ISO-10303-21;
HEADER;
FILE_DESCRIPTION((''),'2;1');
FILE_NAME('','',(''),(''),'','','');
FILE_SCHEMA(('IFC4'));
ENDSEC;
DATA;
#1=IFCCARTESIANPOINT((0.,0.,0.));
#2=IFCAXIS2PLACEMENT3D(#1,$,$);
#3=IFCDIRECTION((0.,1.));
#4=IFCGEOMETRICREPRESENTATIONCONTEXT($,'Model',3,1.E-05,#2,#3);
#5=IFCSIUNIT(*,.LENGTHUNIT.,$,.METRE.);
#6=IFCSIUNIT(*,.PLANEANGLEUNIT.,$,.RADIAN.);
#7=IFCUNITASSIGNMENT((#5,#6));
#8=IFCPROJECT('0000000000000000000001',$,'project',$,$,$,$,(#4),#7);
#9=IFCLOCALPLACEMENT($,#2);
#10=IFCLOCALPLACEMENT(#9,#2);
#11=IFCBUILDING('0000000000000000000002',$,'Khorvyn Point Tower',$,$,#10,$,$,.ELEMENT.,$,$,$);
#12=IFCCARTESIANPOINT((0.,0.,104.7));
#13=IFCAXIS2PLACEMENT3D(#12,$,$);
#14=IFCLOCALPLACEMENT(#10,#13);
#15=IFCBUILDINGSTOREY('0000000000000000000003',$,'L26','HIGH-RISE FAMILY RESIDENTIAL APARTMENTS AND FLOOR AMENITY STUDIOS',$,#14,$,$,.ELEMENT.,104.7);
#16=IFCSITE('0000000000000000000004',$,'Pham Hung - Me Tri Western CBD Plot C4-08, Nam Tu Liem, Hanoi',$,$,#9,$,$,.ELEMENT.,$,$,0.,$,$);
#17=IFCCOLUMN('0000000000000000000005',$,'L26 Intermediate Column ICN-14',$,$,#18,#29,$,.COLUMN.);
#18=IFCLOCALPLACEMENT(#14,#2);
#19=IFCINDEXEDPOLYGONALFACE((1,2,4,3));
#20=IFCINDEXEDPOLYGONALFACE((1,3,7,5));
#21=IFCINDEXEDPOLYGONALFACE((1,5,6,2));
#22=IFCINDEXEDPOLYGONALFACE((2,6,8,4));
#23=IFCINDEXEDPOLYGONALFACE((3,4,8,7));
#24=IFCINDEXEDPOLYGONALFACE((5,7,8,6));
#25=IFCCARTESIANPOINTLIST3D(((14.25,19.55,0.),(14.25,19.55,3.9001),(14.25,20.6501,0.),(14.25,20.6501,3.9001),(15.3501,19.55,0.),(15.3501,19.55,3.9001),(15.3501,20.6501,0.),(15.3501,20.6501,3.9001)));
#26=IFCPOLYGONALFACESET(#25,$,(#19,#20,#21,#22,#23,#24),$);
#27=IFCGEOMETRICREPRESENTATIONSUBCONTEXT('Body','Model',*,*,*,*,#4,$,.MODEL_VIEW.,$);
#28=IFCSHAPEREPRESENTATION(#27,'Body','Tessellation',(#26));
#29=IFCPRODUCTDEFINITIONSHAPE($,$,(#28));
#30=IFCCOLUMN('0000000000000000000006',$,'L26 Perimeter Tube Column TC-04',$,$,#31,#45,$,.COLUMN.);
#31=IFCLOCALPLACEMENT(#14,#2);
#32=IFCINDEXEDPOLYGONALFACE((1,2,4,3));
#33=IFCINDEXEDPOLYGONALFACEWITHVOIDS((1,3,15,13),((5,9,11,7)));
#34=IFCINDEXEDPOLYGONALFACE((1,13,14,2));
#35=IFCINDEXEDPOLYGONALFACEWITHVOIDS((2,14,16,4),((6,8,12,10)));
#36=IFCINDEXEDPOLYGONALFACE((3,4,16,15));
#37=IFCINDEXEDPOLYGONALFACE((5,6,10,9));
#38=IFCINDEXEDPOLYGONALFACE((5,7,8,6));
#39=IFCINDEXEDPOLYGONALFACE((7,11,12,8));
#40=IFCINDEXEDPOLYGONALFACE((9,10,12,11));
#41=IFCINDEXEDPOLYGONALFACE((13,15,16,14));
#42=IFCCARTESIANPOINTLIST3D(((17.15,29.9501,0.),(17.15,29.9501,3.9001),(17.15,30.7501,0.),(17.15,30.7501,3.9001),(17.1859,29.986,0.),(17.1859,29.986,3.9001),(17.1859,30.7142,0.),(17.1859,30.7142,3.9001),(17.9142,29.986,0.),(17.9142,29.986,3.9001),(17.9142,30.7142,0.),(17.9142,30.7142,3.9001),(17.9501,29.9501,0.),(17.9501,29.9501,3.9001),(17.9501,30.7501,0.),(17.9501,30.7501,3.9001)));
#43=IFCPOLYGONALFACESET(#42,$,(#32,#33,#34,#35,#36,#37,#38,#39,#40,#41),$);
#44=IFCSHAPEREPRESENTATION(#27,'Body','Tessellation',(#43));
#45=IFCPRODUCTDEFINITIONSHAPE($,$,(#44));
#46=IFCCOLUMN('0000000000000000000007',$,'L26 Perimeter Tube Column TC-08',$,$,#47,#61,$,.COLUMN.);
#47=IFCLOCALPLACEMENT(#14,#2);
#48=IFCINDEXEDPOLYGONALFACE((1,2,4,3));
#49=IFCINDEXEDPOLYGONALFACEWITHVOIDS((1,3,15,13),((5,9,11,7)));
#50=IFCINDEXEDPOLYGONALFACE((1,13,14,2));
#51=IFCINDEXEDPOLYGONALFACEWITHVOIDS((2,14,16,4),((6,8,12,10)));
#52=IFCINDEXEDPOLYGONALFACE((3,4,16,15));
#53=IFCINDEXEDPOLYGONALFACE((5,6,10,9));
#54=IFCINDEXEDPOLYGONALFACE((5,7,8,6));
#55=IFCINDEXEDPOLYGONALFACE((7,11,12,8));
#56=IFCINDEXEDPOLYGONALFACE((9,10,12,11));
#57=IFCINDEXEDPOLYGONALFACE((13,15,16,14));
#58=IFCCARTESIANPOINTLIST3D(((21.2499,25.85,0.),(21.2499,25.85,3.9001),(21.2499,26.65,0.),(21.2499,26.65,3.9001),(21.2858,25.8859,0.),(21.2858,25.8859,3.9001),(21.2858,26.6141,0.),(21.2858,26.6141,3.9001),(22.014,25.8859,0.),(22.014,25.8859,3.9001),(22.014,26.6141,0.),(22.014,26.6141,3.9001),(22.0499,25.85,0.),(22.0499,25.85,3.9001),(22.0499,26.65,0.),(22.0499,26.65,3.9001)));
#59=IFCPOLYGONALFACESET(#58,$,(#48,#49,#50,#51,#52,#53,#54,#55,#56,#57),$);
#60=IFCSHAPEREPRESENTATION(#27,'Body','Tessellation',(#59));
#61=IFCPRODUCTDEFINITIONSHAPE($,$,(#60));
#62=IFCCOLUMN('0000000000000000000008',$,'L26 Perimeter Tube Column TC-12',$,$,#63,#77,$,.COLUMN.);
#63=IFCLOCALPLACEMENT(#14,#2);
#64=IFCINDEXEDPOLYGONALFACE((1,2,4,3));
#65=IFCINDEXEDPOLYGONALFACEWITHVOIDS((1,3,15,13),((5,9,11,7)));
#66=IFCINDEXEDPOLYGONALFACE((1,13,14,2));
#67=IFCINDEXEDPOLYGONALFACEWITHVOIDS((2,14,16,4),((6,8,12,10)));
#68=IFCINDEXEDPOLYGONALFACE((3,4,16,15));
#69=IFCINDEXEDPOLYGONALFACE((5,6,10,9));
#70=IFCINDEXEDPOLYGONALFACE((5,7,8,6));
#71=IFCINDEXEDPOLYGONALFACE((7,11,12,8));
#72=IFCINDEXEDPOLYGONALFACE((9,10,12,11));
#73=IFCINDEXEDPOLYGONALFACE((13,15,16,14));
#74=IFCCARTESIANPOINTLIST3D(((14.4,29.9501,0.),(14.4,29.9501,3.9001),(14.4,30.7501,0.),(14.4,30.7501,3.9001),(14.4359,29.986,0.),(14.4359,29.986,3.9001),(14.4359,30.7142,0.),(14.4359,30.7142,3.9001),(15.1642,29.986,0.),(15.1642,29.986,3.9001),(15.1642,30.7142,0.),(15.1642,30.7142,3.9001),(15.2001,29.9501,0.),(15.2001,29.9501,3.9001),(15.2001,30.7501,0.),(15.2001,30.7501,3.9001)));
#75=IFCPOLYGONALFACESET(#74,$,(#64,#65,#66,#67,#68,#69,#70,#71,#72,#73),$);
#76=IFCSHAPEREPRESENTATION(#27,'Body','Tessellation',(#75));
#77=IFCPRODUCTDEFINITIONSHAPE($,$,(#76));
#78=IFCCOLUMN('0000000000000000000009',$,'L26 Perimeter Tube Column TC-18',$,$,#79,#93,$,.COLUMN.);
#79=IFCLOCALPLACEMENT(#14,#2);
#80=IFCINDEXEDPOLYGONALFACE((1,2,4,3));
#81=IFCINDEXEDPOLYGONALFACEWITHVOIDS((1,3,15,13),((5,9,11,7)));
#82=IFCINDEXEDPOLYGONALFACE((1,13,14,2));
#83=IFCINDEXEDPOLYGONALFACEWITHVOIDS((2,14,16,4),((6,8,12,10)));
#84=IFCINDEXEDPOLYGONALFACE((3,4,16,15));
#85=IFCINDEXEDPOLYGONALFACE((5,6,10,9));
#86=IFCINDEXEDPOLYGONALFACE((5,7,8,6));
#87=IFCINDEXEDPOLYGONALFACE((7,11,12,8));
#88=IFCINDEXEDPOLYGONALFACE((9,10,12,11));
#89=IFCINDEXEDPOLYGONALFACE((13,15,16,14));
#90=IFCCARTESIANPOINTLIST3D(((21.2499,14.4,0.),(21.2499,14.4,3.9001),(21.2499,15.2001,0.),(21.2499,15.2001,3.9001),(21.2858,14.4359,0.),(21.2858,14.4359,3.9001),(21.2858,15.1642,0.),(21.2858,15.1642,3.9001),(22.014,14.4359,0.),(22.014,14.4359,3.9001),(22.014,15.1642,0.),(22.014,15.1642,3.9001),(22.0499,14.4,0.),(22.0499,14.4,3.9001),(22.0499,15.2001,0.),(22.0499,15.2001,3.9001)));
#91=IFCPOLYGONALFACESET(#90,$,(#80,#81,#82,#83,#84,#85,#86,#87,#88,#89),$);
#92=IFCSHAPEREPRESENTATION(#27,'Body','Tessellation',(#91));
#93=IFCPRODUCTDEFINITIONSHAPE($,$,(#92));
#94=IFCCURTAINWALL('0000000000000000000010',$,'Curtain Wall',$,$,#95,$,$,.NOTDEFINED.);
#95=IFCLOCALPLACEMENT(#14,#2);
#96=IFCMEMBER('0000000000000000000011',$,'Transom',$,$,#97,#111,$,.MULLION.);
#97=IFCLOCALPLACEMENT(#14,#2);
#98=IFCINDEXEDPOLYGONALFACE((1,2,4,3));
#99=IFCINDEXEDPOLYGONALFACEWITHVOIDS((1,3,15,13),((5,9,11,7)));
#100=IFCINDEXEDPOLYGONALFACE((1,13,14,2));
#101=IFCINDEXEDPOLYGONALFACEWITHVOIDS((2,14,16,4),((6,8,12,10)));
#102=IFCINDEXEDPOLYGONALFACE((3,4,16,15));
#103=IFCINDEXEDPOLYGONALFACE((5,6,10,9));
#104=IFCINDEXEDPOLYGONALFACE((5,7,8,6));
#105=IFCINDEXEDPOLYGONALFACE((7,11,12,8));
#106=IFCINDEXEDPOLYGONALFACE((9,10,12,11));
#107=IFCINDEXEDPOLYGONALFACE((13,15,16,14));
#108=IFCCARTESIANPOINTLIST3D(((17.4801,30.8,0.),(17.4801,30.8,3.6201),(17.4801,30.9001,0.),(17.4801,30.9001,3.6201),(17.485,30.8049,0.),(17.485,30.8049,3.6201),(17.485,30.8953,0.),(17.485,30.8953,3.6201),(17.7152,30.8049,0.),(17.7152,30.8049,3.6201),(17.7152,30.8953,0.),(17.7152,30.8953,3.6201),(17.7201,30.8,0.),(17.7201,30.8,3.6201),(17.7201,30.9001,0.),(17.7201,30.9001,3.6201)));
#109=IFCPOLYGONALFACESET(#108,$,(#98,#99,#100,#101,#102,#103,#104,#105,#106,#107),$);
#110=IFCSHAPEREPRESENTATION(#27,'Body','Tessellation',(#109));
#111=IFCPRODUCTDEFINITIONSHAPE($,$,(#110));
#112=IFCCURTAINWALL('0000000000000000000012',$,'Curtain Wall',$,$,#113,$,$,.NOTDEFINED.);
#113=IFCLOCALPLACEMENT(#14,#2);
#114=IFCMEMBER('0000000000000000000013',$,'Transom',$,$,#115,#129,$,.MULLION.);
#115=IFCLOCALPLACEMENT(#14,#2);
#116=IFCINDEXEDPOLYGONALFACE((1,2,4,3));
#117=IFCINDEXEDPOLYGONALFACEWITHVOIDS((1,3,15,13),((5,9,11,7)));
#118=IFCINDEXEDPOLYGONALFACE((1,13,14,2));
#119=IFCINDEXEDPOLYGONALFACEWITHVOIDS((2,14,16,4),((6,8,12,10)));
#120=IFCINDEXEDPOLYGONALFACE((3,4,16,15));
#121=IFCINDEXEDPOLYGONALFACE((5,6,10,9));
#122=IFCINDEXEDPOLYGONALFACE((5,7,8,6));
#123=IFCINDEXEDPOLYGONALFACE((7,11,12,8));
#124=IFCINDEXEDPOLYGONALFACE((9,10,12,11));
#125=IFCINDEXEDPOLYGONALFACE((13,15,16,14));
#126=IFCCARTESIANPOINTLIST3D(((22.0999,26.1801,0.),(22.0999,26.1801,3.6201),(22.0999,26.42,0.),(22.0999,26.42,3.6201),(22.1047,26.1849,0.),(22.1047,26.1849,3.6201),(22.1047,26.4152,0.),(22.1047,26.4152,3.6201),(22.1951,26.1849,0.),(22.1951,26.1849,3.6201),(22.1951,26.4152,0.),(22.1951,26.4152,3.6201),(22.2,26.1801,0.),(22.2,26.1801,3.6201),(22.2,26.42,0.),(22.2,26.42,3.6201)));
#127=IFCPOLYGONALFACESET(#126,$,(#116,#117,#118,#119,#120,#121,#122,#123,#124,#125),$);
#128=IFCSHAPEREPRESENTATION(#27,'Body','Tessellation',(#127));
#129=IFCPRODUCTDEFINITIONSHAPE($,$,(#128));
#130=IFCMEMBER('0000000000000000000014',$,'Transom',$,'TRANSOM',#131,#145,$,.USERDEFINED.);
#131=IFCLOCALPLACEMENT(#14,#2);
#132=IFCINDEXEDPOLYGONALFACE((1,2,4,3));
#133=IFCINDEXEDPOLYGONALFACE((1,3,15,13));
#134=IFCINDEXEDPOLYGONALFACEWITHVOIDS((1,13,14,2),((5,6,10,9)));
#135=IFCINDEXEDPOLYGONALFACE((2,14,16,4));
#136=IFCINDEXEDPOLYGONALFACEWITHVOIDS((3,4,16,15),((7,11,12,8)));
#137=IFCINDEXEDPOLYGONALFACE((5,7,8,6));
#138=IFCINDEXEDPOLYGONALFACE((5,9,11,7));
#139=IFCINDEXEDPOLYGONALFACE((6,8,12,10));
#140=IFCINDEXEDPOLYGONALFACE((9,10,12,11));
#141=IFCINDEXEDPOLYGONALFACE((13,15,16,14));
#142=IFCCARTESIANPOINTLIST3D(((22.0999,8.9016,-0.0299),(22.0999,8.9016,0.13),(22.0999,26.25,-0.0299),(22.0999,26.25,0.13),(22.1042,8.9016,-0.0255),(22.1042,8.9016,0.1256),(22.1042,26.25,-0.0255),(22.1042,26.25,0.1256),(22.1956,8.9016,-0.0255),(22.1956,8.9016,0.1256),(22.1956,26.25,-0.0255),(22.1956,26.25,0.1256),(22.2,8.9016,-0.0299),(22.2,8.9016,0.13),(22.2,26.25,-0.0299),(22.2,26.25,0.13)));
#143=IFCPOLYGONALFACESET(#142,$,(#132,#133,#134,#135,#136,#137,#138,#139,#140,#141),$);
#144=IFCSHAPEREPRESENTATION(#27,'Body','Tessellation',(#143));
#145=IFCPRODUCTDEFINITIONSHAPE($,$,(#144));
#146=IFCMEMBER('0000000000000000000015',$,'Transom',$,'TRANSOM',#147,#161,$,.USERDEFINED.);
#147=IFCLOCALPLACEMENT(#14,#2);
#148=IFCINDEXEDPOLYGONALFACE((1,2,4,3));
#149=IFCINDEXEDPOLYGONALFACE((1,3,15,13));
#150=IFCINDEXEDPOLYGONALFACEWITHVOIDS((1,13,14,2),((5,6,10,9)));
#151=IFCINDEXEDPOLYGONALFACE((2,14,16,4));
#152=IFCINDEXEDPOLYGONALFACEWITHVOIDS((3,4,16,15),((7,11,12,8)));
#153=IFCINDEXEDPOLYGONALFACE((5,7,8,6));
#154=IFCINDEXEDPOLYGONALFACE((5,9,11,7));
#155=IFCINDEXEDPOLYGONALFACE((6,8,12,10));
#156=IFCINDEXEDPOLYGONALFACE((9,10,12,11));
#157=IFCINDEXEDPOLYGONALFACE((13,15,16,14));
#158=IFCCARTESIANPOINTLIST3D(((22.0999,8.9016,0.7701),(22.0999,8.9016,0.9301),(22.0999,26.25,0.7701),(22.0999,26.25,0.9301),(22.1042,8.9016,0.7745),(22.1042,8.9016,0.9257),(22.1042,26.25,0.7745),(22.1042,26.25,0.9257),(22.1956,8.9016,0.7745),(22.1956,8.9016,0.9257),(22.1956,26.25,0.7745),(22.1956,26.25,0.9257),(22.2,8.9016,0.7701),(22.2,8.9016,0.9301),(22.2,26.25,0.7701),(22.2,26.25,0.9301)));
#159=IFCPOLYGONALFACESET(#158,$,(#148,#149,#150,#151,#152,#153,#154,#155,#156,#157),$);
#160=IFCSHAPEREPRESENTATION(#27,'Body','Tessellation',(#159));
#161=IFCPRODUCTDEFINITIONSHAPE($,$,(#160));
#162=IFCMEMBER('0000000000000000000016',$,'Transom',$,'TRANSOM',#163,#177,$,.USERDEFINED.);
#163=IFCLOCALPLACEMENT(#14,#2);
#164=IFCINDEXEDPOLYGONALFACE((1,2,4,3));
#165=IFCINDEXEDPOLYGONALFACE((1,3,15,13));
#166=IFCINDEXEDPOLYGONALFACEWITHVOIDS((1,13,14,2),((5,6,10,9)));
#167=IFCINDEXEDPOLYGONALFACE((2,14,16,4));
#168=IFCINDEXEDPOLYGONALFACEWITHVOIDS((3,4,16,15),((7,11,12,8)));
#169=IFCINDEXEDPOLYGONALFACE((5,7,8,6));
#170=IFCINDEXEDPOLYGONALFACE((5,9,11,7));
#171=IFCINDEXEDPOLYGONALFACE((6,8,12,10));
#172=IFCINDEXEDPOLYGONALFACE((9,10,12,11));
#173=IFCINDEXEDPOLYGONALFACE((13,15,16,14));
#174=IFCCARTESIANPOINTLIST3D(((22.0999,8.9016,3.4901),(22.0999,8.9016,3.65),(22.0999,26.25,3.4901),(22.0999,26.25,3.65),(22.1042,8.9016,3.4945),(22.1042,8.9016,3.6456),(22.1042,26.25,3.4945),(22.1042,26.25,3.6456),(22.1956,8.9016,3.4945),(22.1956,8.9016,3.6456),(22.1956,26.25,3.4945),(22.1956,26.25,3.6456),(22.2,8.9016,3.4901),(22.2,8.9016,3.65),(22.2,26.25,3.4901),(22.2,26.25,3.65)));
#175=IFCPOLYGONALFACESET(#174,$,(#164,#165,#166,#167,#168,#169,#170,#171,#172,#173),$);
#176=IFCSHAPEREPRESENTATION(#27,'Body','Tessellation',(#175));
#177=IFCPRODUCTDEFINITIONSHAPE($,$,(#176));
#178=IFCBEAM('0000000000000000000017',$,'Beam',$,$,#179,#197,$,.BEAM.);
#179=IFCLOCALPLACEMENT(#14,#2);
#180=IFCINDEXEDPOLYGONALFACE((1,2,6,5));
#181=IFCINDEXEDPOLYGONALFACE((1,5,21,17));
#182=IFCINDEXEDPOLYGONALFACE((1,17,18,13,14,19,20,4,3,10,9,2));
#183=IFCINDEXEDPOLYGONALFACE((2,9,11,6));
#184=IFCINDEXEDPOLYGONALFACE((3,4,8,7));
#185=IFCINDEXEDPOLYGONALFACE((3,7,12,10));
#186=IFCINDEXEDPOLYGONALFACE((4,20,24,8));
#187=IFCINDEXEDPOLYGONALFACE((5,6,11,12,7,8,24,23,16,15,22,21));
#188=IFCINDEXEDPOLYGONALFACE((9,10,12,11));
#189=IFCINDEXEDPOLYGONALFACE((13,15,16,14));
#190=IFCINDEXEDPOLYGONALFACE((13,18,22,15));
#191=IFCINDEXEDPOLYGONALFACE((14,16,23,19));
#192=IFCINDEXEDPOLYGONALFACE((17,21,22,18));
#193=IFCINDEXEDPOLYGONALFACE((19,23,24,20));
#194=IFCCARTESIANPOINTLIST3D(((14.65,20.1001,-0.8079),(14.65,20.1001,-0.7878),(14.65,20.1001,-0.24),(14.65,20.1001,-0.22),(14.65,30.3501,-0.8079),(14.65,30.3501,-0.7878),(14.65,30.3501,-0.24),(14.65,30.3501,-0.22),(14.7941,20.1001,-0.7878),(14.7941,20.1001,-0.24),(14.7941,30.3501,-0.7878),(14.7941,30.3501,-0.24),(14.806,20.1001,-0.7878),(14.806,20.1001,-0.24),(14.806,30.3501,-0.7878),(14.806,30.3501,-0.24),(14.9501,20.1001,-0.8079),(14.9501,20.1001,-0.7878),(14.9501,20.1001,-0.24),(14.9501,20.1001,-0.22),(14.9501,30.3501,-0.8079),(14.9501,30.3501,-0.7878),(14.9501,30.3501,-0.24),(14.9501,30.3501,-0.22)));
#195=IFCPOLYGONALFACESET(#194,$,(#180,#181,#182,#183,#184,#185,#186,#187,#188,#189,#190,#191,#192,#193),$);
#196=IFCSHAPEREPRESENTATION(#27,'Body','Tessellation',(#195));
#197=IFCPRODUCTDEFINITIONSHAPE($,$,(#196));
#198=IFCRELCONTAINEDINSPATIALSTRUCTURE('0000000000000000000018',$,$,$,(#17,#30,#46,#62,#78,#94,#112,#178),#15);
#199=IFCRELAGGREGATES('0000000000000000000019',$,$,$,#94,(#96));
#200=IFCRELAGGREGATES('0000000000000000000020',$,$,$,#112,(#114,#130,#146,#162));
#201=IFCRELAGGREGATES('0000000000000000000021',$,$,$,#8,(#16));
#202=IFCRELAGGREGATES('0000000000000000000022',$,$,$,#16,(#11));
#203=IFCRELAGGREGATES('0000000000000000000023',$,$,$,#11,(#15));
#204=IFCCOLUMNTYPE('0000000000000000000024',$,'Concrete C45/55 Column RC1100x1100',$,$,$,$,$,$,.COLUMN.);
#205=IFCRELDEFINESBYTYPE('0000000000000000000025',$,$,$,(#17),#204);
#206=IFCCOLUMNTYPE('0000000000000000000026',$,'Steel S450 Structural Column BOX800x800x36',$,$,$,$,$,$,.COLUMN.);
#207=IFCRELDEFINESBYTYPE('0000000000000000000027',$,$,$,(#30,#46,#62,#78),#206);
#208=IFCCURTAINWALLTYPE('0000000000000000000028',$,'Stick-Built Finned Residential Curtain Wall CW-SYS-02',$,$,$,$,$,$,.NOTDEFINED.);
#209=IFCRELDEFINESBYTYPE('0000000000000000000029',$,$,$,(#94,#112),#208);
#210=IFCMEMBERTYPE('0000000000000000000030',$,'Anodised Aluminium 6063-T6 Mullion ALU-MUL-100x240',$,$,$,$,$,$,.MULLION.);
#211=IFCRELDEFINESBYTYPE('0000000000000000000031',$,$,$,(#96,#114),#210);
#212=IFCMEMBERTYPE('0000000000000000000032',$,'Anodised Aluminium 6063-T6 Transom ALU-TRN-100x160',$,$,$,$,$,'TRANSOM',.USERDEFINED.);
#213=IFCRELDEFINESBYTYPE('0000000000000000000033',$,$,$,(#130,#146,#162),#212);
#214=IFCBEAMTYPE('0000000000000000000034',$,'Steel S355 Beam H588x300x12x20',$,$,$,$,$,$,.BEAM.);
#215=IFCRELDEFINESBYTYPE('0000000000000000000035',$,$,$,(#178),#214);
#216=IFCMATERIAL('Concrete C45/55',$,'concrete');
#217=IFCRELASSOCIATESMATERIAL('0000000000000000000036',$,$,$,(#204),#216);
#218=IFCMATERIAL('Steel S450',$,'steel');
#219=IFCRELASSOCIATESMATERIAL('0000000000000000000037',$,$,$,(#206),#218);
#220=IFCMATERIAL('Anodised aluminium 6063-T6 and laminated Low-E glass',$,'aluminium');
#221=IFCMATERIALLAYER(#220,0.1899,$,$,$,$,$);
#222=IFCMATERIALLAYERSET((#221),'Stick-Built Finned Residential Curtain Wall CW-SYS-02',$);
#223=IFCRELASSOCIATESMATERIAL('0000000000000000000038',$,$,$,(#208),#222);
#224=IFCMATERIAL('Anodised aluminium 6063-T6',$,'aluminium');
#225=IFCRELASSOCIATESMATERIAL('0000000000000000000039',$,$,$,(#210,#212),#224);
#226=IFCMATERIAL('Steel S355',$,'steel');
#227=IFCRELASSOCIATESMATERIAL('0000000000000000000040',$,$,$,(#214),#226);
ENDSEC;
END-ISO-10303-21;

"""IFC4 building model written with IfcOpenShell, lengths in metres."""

from ifc_helpers import new_model, si_unit, direction, frame, origin, origin_2d, place, context, subcontext, project, spatial, rectangle, hollow_rectangle, i_section, extrude, material, layer, layer_set, material_profile, profile_set, type_object, element, aggregate, save


model = new_model("IFC4")

# Units and contexts
model_context = context("Model", 3, precision=1e-05, world=origin(), true_north=direction((0.0, 1.0)))
body_context = subcontext(model_context, "Body", "Model", "MODEL_VIEW")
ifc_project = project(units=[si_unit("LENGTHUNIT", "METRE"), si_unit("PLANEANGLEUNIT", "RADIAN")], contexts=[model_context])

# Site, building, storey
site_placement = place(None, origin())
site = spatial("IfcSite", under=ifc_project, at=site_placement, Name="Pham Hung - Me Tri Western CBD Plot C4-08, Nam Tu Liem, Hanoi", CompositionType="ELEMENT", RefElevation=0.0)
building_placement = place(site_placement, origin())
building = spatial("IfcBuilding", under=site, at=building_placement, Name="Khorvyn Point Tower", CompositionType="ELEMENT")
storey_placement = place(building_placement, frame((0.0, 0.0, 104.7)))
storey = spatial("IfcBuildingStorey", under=building, at=storey_placement, Name="L26", Description="HIGH-RISE FAMILY RESIDENTIAL APARTMENTS AND FLOOR AMENITY STUDIOS", CompositionType="ELEMENT", Elevation=104.7)

# Columns
ifc_material_1 = material(Name="Concrete C45/55", Category="concrete")
ifc_material_profile_1 = material_profile(ifc_material_1, rectangle(XDim=1.1001, YDim=1.1001, at=origin_2d()))
ifc_profile_set_1 = profile_set([ifc_material_profile_1], Name="Concrete C45/55 RC1100x1100")
column_type_1 = type_object("IfcColumnType", Name="Concrete C45/55 Column RC1100x1100", PredefinedType="COLUMN", material=ifc_profile_set_1)
column_placement = place(storey_placement, frame((14.8, 20.1001, 0.0), z_axis=(0.0, 0.0, 1.0), x_axis=(1.0, 0.0, 0.0)))
element("IfcColumn", 1, at=column_placement, inside=storey, type_object=column_type_1, Name="L26 Intermediate Column ICN-14", PredefinedType="COLUMN", context=body_context, shape_type="SweptSolid", body=[
    extrude(rectangle(XDim=1.1001, YDim=1.1001, at=origin_2d()), origin(), (0.0, 0.0, 1.0), 3.9001),
])
ifc_material_2 = material(Name="Steel S450", Category="steel")
ifc_material_profile_2 = material_profile(ifc_material_2, hollow_rectangle(XDim=0.8, YDim=0.8, WallThickness=0.0359, at=origin_2d()))
ifc_profile_set_2 = profile_set([ifc_material_profile_2], Name="Steel S450 BOX800x800x36")
column_type_2 = type_object("IfcColumnType", Name="Steel S450 Structural Column BOX800x800x36", PredefinedType="COLUMN", material=ifc_profile_set_2)
for number, where, z_axis, x_axis, name in (
    (2, (17.55, 30.3501, 0.0), (0.0, 0.0, 1.0), (1.0, 0.0, 0.0), "L26 Perimeter Tube Column TC-04"),
    (3, (21.6499, 26.25, 0.0), (0.0, 0.0, 1.0), (1.0, 0.0, 0.0), "L26 Perimeter Tube Column TC-08"),
    (4, (14.8, 30.3501, 0.0), (0.0, 0.0, 1.0), (1.0, 0.0, 0.0), "L26 Perimeter Tube Column TC-12"),
    (5, (21.6499, 14.8, 0.0), (0.0, 0.0, 1.0), (1.0, 0.0, 0.0), "L26 Perimeter Tube Column TC-18"),
):
    element("IfcColumn", number, at=place(storey_placement, frame(where, z_axis=z_axis, x_axis=x_axis)), inside=storey, type_object=column_type_2, Name=name, PredefinedType="COLUMN", context=body_context, shape_type="SweptSolid", body=[
        extrude(hollow_rectangle(XDim=0.8, YDim=0.8, WallThickness=0.0359, at=origin_2d()), origin(), (0.0, 0.0, 1.0), 3.9001),
    ])

# Curtain wall, member
ifc_material_3 = material(Name="Anodised aluminium 6063-T6 and laminated Low-E glass", Category="aluminium")
ifc_layer_1 = layer(ifc_material_3, 0.1899)
ifc_layer_set_1 = layer_set([ifc_layer_1], Name="Stick-Built Finned Residential Curtain Wall CW-SYS-02")
curtain_wall_type = type_object("IfcCurtainWallType", Name="Stick-Built Finned Residential Curtain Wall CW-SYS-02", PredefinedType="NOTDEFINED", material=ifc_layer_set_1)
curtain_wall_1_placement = place(storey_placement, origin())
curtain_wall_1 = element("IfcCurtainWall", 6, at=curtain_wall_1_placement, inside=storey, type_object=curtain_wall_type, Name="Curtain Wall", PredefinedType="NOTDEFINED")
ifc_material_4 = material(Name="Anodised aluminium 6063-T6", Category="aluminium")
ifc_material_profile_3 = material_profile(ifc_material_4, hollow_rectangle(XDim=0.1001, YDim=0.24, WallThickness=0.0049, at=origin_2d()))
ifc_profile_set_3 = profile_set([ifc_material_profile_3], Name="Anodised aluminium 6063-T6 ALU-MUL-100x240")
member_type_1 = type_object("IfcMemberType", Name="Anodised Aluminium 6063-T6 Mullion ALU-MUL-100x240", PredefinedType="MULLION", material=ifc_profile_set_3)
member_1_placement = place(storey_placement, frame((17.6001, 30.8501, 0.0), z_axis=(0.0, 0.0, 1.0), x_axis=(0.0, 1.0, 0.0)))
member_1 = element("IfcMember", 7, at=member_1_placement, type_object=member_type_1, Name="Transom", PredefinedType="MULLION", context=body_context, shape_type="SweptSolid", body=[
    extrude(hollow_rectangle(XDim=0.1001, YDim=0.24, WallThickness=0.0049, at=origin_2d()), origin(), (0.0, 0.0, 1.0), 3.6201),
])

# Curtain wall, members
curtain_wall_2_placement = place(storey_placement, origin())
curtain_wall_2 = element("IfcCurtainWall", 8, at=curtain_wall_2_placement, inside=storey, type_object=curtain_wall_type, Name="Curtain Wall", PredefinedType="NOTDEFINED")
member_2_placement = place(storey_placement, frame((22.1499, 26.3, 0.0), z_axis=(0.0, 0.0, 1.0), x_axis=(1.0, 0.0, 0.0)))
member_2 = element("IfcMember", 9, at=member_2_placement, type_object=member_type_1, Name="Transom", PredefinedType="MULLION", context=body_context, shape_type="SweptSolid", body=[
    extrude(hollow_rectangle(XDim=0.1001, YDim=0.24, WallThickness=0.0049, at=origin_2d()), origin(), (0.0, 0.0, 1.0), 3.6201),
])
ifc_material_profile_4 = material_profile(ifc_material_4, hollow_rectangle(XDim=0.1001, YDim=0.1599, WallThickness=0.0044, at=origin_2d()))
ifc_profile_set_4 = profile_set([ifc_material_profile_4], Name="Anodised aluminium 6063-T6 ALU-TRN-100x160")
member_type_2 = type_object("IfcMemberType", Name="Anodised Aluminium 6063-T6 Transom ALU-TRN-100x160", ElementType="TRANSOM", PredefinedType="USERDEFINED", material=ifc_profile_set_4)
member_3_placement = place(storey_placement, frame((22.1499, 26.25, 0.05), z_axis=(0.0, -1.0, 0.0), x_axis=(1.0, 0.0, 0.0)))
member_3 = element("IfcMember", 10, at=member_3_placement, type_object=member_type_2, Name="Transom", ObjectType="TRANSOM", PredefinedType="USERDEFINED", context=body_context, shape_type="SweptSolid", body=[
    extrude(hollow_rectangle(XDim=0.1001, YDim=0.1599, WallThickness=0.0044, at=origin_2d()), origin(), (0.0, 0.0, 1.0), 17.3484),
])
member_4_placement = place(storey_placement, frame((22.1499, 26.25, 0.8501), z_axis=(0.0, -1.0, 0.0), x_axis=(1.0, 0.0, 0.0)))
member_4 = element("IfcMember", 11, at=member_4_placement, type_object=member_type_2, Name="Transom", ObjectType="TRANSOM", PredefinedType="USERDEFINED", context=body_context, shape_type="SweptSolid", body=[
    extrude(hollow_rectangle(XDim=0.1001, YDim=0.1599, WallThickness=0.0044, at=origin_2d()), origin(), (0.0, 0.0, 1.0), 17.3484),
])
member_5_placement = place(storey_placement, frame((22.1499, 26.25, 3.5701), z_axis=(0.0, -1.0, 0.0), x_axis=(1.0, 0.0, 0.0)))
member_5 = element("IfcMember", 12, at=member_5_placement, type_object=member_type_2, Name="Transom", ObjectType="TRANSOM", PredefinedType="USERDEFINED", context=body_context, shape_type="SweptSolid", body=[
    extrude(hollow_rectangle(XDim=0.1001, YDim=0.1599, WallThickness=0.0044, at=origin_2d()), origin(), (0.0, 0.0, 1.0), 17.3484),
])

# Beam
ifc_material_5 = material(Name="Steel S355", Category="steel")
ifc_material_profile_5 = material_profile(ifc_material_5, i_section(OverallWidth=0.3, OverallDepth=0.5879, WebThickness=0.012, FlangeThickness=0.02, at=origin_2d()))
ifc_profile_set_5 = profile_set([ifc_material_profile_5], Name="Steel S355 H588x300x12x20")
beam_type_1 = type_object("IfcBeamType", Name="Steel S355 Beam H588x300x12x20", PredefinedType="BEAM", material=ifc_profile_set_5)
beam_1_placement = place(storey_placement, frame((14.8, 20.1001, -0.5139), z_axis=(0.0, 1.0, 0.0), x_axis=(-1.0, 0.0, 0.0)))
element("IfcBeam", 13, at=beam_1_placement, inside=storey, type_object=beam_type_1, Name="Beam", PredefinedType="BEAM", context=body_context, shape_type="SweptSolid", body=[
    extrude(i_section(OverallWidth=0.3, OverallDepth=0.5879, WebThickness=0.012, FlangeThickness=0.02, at=origin_2d()), origin(), (0.0, 0.0, 1.0), 10.25),
])

aggregate(curtain_wall_1, [member_1])
aggregate(curtain_wall_2, [member_2, member_3, member_4, member_5])

save(model, "model.ifc")
